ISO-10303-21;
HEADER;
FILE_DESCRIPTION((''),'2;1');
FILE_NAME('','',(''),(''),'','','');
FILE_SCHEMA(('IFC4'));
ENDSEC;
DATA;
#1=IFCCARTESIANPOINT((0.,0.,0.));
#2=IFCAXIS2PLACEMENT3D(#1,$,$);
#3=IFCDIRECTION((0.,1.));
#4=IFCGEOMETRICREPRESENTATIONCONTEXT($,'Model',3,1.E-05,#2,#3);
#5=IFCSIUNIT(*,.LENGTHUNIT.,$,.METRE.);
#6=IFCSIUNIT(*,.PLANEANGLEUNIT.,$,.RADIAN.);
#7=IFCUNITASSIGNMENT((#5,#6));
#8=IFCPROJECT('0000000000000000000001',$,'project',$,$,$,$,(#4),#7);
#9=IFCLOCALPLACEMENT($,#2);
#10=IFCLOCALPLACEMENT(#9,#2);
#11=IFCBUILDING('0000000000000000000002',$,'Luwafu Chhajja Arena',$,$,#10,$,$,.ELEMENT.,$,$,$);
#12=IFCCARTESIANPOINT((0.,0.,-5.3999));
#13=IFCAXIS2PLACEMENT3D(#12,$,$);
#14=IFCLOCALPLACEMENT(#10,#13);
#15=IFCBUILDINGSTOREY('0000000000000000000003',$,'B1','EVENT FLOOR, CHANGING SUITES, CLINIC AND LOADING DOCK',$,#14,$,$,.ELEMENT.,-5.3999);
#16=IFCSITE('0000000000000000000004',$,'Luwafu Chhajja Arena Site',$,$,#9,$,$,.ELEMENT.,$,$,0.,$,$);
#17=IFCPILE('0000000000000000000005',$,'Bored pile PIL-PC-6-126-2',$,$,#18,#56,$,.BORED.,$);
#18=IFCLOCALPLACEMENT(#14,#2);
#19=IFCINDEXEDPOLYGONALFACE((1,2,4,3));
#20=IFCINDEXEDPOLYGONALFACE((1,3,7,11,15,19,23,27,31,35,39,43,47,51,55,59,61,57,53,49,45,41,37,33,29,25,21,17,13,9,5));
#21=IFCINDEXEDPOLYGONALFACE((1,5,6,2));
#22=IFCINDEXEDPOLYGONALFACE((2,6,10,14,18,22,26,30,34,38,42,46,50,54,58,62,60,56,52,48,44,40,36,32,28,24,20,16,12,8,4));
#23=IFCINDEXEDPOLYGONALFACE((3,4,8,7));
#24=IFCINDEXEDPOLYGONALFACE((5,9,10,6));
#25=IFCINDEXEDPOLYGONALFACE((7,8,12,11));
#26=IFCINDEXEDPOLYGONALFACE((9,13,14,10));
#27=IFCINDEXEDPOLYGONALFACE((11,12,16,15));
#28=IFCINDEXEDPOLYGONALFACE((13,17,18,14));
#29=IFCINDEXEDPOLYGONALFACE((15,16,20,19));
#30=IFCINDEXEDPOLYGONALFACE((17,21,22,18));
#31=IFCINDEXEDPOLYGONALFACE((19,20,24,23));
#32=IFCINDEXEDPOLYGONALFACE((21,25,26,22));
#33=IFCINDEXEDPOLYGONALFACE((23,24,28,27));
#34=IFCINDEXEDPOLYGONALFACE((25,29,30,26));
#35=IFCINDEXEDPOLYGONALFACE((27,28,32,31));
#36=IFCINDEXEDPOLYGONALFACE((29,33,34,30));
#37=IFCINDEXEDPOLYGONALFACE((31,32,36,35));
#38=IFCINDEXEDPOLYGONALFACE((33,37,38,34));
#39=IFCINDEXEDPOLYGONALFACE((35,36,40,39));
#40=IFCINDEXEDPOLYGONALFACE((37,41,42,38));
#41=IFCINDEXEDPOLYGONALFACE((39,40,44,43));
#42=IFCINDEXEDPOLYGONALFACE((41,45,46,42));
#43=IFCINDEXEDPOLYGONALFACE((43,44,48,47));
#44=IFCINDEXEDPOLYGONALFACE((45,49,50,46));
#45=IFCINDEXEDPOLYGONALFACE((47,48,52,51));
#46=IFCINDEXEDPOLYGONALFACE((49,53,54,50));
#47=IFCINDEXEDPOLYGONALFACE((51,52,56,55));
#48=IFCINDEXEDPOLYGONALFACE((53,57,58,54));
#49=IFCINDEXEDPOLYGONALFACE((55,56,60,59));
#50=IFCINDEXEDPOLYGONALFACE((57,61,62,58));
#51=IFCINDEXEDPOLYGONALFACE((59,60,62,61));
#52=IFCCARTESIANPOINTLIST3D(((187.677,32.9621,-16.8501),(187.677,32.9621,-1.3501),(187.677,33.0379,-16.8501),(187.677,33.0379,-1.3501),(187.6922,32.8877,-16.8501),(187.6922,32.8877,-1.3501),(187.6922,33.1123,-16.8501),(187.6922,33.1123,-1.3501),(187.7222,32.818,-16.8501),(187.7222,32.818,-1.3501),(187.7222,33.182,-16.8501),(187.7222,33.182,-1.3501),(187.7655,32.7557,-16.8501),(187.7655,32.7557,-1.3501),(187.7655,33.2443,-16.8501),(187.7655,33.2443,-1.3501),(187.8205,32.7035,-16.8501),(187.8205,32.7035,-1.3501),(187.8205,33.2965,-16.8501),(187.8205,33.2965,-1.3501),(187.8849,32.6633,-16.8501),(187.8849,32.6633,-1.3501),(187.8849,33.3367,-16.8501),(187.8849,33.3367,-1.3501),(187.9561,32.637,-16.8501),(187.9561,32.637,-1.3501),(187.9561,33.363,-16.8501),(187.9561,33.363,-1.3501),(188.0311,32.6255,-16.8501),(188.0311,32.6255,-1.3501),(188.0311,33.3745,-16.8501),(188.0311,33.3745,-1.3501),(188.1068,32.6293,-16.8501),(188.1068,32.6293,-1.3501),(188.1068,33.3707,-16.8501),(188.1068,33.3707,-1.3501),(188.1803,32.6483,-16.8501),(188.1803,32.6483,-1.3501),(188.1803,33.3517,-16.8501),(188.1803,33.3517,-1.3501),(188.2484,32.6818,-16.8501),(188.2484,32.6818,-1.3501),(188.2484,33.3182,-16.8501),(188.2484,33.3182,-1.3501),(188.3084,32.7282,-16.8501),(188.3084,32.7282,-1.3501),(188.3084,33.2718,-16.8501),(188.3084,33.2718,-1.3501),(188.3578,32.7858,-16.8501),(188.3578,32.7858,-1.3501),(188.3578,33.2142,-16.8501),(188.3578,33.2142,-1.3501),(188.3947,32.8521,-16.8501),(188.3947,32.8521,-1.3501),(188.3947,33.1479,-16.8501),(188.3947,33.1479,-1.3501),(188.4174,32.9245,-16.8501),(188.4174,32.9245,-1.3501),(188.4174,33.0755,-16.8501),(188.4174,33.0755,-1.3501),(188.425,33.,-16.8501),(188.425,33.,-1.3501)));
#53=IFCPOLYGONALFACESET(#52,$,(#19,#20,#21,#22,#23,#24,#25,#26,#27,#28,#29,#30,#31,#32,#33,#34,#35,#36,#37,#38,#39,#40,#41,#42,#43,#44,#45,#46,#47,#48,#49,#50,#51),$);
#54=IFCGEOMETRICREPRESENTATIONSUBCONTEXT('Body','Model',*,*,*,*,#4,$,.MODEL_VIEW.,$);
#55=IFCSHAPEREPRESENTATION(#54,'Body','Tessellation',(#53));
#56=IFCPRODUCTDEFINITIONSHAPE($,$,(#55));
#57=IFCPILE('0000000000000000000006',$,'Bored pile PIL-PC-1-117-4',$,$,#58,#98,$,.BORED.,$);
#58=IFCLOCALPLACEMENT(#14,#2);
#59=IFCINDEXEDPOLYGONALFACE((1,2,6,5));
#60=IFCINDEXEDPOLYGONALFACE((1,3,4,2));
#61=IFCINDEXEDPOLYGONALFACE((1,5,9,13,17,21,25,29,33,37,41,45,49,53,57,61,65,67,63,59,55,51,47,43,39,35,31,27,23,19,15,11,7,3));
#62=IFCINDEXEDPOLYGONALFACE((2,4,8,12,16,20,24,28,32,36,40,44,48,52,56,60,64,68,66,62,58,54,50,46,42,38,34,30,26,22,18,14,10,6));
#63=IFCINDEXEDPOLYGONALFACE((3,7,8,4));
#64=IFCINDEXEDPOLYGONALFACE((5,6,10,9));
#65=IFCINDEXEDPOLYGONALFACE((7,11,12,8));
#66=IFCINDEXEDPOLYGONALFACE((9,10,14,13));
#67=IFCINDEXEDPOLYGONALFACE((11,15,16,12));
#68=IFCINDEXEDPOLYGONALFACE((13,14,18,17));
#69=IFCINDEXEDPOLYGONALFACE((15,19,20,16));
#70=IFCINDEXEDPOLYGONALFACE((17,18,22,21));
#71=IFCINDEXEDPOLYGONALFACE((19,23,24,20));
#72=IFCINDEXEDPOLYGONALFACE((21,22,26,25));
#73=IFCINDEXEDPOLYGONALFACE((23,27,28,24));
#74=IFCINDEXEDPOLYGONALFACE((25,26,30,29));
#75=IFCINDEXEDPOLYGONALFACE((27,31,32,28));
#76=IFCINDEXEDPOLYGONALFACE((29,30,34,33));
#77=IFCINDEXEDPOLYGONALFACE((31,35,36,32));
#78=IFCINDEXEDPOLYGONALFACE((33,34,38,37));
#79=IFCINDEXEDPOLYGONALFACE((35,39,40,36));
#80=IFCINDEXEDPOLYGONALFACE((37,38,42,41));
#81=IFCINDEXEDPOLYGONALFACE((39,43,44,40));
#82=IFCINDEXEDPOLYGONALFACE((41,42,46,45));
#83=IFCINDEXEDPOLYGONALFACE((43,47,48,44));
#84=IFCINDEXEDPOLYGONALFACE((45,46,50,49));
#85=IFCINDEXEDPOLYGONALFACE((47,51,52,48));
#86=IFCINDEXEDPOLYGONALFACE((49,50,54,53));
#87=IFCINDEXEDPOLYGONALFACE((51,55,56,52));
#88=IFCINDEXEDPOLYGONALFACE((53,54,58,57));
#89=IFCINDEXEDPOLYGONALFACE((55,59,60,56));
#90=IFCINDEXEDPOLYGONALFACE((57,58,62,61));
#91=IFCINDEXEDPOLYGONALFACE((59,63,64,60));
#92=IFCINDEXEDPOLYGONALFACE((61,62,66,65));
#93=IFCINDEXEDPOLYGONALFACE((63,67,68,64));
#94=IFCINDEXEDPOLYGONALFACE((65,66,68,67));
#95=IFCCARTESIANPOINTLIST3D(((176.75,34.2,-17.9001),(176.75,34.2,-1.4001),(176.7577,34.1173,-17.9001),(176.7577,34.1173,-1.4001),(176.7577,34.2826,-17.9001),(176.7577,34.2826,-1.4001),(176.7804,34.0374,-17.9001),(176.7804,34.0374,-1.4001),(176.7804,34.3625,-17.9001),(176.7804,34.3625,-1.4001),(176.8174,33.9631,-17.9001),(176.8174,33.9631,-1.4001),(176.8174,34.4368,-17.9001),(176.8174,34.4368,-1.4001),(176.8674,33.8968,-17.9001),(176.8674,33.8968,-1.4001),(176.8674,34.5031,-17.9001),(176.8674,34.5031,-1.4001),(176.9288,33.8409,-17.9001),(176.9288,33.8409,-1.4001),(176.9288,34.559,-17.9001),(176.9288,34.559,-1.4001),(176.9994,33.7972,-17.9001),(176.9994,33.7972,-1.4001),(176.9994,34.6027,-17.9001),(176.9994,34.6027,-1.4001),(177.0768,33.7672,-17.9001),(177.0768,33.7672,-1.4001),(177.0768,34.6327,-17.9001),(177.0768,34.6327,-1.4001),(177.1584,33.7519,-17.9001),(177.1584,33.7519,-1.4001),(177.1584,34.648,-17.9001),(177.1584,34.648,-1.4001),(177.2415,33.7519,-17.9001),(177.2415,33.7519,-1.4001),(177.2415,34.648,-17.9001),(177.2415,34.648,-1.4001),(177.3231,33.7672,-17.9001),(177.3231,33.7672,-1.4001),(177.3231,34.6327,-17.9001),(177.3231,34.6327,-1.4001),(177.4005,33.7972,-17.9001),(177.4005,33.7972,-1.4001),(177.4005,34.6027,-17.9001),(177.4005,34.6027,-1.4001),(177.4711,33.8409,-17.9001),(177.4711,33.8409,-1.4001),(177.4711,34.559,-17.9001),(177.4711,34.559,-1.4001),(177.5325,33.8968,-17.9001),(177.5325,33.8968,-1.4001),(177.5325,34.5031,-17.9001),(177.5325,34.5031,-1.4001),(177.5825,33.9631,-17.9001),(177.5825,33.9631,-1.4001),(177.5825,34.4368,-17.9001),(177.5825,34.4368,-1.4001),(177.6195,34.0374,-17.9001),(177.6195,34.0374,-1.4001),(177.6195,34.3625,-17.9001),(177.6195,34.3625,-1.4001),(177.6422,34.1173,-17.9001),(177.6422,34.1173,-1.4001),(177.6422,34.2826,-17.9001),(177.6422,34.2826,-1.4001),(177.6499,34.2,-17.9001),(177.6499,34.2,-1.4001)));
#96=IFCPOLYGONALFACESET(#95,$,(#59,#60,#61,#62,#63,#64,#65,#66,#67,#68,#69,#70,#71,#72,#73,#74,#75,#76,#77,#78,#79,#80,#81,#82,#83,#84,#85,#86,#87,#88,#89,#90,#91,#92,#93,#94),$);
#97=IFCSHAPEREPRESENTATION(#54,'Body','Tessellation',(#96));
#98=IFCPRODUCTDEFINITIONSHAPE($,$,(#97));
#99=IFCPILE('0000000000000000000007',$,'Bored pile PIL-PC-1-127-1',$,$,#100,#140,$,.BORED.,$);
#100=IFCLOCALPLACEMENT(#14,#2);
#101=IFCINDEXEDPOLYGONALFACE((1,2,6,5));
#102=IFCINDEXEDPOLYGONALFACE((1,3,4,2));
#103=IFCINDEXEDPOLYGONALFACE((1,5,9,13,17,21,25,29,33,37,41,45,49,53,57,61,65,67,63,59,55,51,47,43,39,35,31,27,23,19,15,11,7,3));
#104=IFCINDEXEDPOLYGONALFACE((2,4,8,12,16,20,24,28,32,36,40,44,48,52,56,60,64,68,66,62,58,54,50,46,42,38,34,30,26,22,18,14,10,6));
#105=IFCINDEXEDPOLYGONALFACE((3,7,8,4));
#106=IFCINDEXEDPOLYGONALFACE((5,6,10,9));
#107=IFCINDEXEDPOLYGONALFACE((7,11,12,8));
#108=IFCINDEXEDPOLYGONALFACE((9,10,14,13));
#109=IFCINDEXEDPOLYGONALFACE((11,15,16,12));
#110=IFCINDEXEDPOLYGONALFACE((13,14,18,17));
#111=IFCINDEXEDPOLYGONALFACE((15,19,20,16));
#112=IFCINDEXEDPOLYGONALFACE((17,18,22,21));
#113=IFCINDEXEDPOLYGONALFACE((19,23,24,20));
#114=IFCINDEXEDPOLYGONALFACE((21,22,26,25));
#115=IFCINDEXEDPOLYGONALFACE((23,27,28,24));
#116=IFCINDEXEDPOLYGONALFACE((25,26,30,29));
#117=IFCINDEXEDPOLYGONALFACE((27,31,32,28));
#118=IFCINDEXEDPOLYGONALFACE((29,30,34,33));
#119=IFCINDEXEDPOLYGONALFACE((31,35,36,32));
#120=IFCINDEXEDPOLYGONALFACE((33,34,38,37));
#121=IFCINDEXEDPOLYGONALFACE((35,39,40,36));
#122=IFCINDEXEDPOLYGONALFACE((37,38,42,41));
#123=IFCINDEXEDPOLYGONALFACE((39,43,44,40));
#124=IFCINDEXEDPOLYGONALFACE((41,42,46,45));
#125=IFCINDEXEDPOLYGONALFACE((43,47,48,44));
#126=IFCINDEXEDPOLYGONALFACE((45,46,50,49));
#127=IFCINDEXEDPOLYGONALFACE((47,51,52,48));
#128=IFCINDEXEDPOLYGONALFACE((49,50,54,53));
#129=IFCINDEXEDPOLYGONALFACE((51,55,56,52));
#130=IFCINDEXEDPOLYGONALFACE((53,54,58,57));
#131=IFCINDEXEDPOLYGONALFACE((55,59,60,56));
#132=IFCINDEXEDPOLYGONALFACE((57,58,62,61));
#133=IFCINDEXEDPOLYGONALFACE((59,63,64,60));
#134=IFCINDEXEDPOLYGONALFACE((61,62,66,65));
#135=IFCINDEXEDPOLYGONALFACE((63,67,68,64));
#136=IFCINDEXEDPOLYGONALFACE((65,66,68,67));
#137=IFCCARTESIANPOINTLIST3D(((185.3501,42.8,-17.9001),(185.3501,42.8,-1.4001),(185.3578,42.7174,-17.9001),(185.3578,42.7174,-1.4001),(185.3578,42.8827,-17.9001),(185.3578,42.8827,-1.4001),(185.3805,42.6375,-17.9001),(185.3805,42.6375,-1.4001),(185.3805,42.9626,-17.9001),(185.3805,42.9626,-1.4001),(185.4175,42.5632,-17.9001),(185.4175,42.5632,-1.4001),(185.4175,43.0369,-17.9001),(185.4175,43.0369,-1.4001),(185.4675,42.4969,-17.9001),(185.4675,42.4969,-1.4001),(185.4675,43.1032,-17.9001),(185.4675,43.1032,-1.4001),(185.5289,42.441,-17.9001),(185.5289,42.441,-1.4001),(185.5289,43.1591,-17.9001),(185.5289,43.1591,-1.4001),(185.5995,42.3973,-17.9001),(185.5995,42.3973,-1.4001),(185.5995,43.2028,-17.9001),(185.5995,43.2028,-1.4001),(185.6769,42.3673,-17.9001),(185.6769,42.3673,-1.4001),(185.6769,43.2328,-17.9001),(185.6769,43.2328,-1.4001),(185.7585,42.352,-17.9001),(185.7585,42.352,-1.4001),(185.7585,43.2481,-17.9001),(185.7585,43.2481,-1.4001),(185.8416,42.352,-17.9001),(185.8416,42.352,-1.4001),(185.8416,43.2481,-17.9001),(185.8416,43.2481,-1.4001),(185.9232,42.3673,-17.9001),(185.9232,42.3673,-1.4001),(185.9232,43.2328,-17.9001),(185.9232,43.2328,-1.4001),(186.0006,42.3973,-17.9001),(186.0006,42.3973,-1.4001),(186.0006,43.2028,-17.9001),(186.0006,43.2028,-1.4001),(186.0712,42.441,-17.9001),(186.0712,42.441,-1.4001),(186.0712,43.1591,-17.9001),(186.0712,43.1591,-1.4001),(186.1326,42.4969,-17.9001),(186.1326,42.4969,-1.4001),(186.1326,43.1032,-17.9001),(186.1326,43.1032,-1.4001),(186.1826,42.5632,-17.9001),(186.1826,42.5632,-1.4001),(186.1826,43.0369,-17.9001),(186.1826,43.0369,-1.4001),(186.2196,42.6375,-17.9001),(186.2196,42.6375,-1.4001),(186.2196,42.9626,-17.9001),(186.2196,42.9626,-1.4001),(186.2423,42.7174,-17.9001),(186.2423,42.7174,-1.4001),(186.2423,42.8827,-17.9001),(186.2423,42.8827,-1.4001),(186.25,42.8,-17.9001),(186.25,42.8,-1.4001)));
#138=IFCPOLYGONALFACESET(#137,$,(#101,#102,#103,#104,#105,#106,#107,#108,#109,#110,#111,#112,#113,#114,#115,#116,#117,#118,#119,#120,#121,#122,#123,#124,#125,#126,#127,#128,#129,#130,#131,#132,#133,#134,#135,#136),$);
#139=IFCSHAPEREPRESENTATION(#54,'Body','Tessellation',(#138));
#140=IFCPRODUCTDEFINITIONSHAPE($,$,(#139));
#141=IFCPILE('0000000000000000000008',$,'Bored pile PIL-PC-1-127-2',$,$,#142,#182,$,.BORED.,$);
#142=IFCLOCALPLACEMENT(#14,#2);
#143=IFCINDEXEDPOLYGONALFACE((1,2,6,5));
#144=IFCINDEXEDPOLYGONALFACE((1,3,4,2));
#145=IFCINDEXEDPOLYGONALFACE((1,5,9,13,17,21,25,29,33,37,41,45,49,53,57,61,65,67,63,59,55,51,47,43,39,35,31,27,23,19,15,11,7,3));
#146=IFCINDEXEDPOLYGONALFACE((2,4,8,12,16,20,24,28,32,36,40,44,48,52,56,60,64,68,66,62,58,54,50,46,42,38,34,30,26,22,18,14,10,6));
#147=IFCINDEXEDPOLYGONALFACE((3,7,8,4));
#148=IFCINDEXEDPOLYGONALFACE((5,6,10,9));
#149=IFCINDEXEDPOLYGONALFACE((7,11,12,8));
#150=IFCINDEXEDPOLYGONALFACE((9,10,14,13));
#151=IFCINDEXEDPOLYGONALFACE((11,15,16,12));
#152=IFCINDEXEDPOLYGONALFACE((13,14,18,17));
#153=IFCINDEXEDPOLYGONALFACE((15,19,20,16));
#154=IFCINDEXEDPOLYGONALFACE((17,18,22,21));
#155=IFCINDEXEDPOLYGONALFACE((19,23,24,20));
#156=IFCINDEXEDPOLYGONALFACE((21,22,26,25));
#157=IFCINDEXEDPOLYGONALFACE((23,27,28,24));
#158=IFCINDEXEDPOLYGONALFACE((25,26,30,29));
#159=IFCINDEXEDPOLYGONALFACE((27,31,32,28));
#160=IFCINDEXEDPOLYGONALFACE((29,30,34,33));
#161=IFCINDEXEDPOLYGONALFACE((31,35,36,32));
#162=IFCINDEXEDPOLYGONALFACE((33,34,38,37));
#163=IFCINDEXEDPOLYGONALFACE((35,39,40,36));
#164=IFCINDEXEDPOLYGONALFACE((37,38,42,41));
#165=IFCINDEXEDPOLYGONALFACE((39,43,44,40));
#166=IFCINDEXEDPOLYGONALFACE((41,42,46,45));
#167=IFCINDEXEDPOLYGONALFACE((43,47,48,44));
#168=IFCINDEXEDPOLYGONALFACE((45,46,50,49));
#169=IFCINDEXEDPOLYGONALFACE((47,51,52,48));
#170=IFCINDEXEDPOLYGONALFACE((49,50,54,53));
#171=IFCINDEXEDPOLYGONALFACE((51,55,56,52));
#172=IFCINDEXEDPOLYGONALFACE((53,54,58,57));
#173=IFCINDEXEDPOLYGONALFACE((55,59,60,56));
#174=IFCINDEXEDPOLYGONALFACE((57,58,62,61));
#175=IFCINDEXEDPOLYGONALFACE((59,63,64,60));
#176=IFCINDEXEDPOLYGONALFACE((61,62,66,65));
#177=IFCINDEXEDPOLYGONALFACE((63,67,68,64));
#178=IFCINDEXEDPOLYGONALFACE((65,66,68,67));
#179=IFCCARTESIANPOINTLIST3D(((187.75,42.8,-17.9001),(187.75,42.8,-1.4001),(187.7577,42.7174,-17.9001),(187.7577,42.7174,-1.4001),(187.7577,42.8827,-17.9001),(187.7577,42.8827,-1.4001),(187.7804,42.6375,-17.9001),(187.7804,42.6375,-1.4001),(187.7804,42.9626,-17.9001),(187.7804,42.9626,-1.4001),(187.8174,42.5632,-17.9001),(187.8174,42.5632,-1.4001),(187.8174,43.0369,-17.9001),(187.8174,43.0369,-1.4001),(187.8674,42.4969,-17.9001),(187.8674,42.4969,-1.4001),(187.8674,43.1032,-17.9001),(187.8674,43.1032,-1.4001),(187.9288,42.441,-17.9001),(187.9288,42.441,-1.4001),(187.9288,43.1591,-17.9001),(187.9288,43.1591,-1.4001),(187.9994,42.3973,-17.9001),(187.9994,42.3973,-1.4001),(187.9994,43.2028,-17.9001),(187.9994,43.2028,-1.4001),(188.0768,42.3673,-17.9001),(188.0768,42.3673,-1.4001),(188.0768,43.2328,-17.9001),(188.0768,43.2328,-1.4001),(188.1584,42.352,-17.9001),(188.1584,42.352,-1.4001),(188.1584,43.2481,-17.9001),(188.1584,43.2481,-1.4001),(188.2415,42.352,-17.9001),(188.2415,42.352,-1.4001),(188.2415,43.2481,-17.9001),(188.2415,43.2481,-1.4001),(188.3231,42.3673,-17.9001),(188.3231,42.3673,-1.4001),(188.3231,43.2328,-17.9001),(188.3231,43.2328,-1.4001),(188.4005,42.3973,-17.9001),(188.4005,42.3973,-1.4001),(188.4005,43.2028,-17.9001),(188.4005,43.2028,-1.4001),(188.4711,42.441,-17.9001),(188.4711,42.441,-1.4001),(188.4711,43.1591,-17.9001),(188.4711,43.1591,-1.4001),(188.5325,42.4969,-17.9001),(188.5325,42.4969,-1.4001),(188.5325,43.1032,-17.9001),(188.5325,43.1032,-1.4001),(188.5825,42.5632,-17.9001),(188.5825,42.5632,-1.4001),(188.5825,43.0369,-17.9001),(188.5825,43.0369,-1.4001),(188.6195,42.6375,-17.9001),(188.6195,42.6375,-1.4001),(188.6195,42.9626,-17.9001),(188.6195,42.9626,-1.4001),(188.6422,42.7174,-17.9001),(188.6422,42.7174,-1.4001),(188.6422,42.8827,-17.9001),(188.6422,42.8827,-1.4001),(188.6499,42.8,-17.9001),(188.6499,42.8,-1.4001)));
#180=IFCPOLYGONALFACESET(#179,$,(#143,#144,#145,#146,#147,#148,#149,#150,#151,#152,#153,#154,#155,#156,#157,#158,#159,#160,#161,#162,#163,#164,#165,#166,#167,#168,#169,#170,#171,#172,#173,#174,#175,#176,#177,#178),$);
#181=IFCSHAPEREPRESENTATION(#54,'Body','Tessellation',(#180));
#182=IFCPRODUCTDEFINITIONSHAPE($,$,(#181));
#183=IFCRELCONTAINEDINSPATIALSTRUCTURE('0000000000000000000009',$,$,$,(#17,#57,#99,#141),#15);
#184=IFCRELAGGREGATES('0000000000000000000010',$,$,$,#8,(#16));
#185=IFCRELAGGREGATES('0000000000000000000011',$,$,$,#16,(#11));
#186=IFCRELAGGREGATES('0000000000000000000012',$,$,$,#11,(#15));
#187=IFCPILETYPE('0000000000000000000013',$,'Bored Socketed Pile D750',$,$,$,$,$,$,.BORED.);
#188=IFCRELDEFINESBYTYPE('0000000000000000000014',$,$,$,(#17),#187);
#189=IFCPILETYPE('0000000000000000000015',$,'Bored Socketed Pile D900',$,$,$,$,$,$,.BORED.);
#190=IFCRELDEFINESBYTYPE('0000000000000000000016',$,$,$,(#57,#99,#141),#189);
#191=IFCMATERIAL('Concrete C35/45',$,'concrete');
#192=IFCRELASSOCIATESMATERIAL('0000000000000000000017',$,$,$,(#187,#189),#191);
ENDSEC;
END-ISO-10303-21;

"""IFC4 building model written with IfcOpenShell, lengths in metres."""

from ifc_helpers import new_model, si_unit, direction, frame, origin, origin_2d, place, context, subcontext, project, spatial, circle, extrude, material, material_profile, profile_set, type_object, element, save


model = new_model("IFC4")

# Units and contexts
model_context = context("Model", 3, precision=1e-05, world=origin(), true_north=direction((0.0, 1.0)))
body_context = subcontext(model_context, "Body", "Model", "MODEL_VIEW")
ifc_project = project(units=[si_unit("LENGTHUNIT", "METRE"), si_unit("PLANEANGLEUNIT", "RADIAN")], contexts=[model_context])

# Site, building, storey
site_placement = place(None, origin())
site = spatial("IfcSite", under=ifc_project, at=site_placement, Name="Luwafu Chhajja Arena Site", CompositionType="ELEMENT", RefElevation=0.0)
building_placement = place(site_placement, origin())
building = spatial("IfcBuilding", under=site, at=building_placement, Name="Luwafu Chhajja Arena", CompositionType="ELEMENT")
storey_placement = place(building_placement, frame((0.0, 0.0, -5.3999)))
storey = spatial("IfcBuildingStorey", under=building, at=storey_placement, Name="B1", Description="EVENT FLOOR, CHANGING SUITES, CLINIC AND LOADING DOCK", CompositionType="ELEMENT", Elevation=-5.3999)

# Piles
ifc_material_1 = material(Name="Concrete C35/45", Category="concrete")
ifc_material_profile_1 = material_profile(ifc_material_1, circle(Radius=0.375, at=origin_2d()), Name="PILE D750")
ifc_profile_set_1 = profile_set([ifc_material_profile_1], Name="Concrete C35/45")
pile_type_1 = type_object("IfcPileType", Name="Bored Socketed Pile D750", PredefinedType="BORED", material=ifc_profile_set_1)
for number, where, z_axis, x_axis, name in (
    (1, (188.05, 33.0, -1.3501), (0.0, 0.0, -1.0), (1.0, 0.0, 0.0), "Bored pile PIL-PC-6-126-2"),
):
    element("IfcPile", number, at=place(storey_placement, frame(where, z_axis=z_axis, x_axis=x_axis)), inside=storey, type_object=pile_type_1, Name=name, PredefinedType="BORED", context=body_context, shape_type="SweptSolid", body=[
        extrude(circle(Radius=0.375, at=origin_2d()), origin(), (0.0, 0.0, 1.0), 15.5),
    ])
ifc_material_profile_2 = material_profile(ifc_material_1, circle(Radius=0.45, at=origin_2d()), Name="PILE D900")
ifc_profile_set_2 = profile_set([ifc_material_profile_2], Name="Concrete C35/45")
pile_type_2 = type_object("IfcPileType", Name="Bored Socketed Pile D900", PredefinedType="BORED", material=ifc_profile_set_2)
for number, where, z_axis, x_axis, name in (
    (2, (177.2, 34.2, -1.4001), (0.0, 0.0, -1.0), (1.0, 0.0, 0.0), "Bored pile PIL-PC-1-117-4"),
    (3, (185.8, 42.8, -1.4001), (0.0, 0.0, -1.0), (1.0, 0.0, 0.0), "Bored pile PIL-PC-1-127-1"),
    (4, (188.2, 42.8, -1.4001), (0.0, 0.0, -1.0), (1.0, 0.0, 0.0), "Bored pile PIL-PC-1-127-2"),
):
    element("IfcPile", number, at=place(storey_placement, frame(where, z_axis=z_axis, x_axis=x_axis)), inside=storey, type_object=pile_type_2, Name=name, PredefinedType="BORED", context=body_context, shape_type="SweptSolid", body=[
        extrude(circle(Radius=0.45, at=origin_2d()), origin(), (0.0, 0.0, 1.0), 16.5),
    ])

save(model, "model.ifc")
